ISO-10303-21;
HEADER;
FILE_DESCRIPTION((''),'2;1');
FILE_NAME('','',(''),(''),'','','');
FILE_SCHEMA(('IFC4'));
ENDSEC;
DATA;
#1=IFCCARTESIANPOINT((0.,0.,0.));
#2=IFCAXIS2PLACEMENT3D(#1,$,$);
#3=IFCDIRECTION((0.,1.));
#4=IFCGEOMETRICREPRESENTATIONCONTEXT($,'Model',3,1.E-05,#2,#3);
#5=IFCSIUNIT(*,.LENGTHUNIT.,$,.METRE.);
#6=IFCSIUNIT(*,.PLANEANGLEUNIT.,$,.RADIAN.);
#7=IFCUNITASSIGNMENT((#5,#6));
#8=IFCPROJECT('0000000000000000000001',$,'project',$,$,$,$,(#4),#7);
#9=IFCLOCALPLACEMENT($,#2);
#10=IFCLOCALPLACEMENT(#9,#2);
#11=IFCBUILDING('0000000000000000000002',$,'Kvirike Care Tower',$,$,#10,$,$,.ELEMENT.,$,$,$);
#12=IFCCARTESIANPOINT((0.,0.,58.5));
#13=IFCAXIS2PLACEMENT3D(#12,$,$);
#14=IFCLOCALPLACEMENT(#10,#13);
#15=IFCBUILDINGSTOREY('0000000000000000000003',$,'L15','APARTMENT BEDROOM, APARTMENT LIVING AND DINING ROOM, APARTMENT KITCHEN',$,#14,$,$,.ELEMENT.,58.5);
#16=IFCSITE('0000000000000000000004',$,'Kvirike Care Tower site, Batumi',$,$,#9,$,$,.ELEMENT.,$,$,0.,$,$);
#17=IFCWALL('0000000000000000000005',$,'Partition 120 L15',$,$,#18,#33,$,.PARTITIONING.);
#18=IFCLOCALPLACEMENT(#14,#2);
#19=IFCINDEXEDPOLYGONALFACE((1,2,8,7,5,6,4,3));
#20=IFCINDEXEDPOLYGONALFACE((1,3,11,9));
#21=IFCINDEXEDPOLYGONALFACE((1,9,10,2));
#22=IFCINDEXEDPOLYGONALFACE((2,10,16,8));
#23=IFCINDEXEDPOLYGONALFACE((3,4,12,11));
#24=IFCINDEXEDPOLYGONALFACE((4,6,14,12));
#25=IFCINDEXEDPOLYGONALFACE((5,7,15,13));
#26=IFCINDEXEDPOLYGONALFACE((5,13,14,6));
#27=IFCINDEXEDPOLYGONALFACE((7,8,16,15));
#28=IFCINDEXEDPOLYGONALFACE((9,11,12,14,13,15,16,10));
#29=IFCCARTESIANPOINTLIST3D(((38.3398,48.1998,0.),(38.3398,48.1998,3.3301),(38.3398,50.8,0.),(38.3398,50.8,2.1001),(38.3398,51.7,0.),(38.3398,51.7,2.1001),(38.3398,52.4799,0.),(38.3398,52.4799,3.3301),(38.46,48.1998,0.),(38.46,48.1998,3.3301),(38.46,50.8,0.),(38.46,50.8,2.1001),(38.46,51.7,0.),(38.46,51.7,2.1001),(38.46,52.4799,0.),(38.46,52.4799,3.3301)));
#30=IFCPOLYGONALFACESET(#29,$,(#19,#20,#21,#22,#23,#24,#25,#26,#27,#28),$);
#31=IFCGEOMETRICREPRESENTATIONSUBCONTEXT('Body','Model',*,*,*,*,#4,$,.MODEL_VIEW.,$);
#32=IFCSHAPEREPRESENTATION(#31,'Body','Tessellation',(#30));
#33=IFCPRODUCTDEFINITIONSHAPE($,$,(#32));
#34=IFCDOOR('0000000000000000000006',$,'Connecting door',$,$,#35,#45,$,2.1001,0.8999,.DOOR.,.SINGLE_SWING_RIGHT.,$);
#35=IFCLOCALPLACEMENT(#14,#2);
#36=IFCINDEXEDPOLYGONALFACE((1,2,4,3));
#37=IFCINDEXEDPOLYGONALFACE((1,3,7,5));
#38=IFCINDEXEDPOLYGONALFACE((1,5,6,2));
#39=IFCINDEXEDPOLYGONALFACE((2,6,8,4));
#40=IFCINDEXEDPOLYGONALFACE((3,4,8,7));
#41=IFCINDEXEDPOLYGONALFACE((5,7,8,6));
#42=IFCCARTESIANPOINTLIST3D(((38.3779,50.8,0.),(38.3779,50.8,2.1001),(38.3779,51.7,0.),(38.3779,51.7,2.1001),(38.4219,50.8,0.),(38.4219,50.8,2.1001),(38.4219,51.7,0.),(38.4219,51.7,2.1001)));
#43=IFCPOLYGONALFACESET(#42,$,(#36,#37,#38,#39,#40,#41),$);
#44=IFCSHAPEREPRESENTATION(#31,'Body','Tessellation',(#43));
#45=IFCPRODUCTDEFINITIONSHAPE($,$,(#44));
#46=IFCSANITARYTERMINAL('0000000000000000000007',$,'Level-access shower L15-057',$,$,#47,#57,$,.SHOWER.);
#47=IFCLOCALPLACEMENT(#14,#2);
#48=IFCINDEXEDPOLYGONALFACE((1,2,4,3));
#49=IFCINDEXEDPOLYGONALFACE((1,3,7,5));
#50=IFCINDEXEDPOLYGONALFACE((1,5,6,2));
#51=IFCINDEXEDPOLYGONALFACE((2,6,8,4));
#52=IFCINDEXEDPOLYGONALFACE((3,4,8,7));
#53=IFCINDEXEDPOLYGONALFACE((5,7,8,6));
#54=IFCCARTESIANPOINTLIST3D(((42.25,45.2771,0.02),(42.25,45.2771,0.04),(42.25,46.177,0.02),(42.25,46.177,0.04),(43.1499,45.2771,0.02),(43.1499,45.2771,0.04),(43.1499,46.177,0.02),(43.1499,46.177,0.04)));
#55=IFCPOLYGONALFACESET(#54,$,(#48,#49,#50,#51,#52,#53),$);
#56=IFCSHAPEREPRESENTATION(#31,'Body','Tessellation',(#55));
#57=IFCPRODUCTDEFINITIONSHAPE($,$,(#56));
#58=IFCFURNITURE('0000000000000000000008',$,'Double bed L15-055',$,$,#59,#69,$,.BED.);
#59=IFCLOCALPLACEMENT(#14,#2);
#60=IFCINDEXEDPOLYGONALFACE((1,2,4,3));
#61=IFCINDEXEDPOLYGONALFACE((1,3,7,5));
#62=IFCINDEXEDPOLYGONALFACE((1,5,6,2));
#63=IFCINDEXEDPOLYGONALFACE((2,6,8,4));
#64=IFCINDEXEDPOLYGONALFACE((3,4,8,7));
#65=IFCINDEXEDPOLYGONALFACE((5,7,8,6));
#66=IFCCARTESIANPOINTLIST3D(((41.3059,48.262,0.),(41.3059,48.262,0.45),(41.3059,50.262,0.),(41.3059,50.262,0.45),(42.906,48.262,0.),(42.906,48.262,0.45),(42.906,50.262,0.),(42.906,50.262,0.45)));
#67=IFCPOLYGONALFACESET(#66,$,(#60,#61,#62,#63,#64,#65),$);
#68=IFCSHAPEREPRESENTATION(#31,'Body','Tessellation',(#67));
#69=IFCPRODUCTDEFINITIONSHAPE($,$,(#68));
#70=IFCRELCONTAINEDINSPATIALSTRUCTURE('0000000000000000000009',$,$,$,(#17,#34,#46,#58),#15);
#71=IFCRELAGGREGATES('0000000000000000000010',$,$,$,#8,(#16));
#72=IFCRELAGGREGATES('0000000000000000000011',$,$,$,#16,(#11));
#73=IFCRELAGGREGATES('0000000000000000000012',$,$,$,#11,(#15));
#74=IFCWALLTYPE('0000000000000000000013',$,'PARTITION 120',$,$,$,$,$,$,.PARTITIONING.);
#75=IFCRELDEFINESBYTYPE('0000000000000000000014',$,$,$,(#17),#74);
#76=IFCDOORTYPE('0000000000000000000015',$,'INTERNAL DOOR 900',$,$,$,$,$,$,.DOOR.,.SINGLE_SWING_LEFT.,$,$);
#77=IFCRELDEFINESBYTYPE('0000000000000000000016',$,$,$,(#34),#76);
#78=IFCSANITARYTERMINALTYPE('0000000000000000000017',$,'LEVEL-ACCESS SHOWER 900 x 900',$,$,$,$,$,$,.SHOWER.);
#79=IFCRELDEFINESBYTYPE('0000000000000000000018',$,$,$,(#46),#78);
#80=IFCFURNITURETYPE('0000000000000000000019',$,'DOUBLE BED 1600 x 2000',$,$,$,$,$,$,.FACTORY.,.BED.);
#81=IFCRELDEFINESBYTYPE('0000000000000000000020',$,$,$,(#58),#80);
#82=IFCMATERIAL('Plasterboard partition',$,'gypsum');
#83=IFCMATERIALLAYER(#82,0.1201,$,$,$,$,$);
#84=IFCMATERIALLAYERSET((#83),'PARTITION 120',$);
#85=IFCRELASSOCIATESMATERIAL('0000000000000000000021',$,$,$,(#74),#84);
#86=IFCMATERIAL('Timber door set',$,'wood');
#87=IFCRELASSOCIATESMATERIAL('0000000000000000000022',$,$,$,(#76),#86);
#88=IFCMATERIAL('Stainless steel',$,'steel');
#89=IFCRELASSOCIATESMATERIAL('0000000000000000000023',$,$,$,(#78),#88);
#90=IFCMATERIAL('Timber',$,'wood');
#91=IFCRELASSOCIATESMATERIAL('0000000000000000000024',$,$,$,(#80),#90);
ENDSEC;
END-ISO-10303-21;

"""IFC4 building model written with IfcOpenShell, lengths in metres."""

from ifc_helpers import new_model, si_unit, direction, frame, frame_2d, origin, origin_2d, place, context, subcontext, project, spatial, rectangle, extrude, material, layer, layer_set, type_object, element, fill, save


model = new_model("IFC4")

# Units and contexts
model_context = context("Model", 3, precision=1e-05, world=origin(), true_north=direction((0.0, 1.0)))
body_context = subcontext(model_context, "Body", "Model", "MODEL_VIEW")
ifc_project = project(units=[si_unit("LENGTHUNIT", "METRE"), si_unit("PLANEANGLEUNIT", "RADIAN")], contexts=[model_context])

# Site, building, storey
site_placement = place(None, origin())
site = spatial("IfcSite", under=ifc_project, at=site_placement, Name="Kvirike Care Tower site, Batumi", CompositionType="ELEMENT", RefElevation=0.0)
building_placement = place(site_placement, origin())
building = spatial("IfcBuilding", under=site, at=building_placement, Name="Kvirike Care Tower", CompositionType="ELEMENT")
storey_placement = place(building_placement, frame((0.0, 0.0, 58.5)))
storey = spatial("IfcBuildingStorey", under=building, at=storey_placement, Name="L15", Description="APARTMENT BEDROOM, APARTMENT LIVING AND DINING ROOM, APARTMENT KITCHEN", CompositionType="ELEMENT", Elevation=58.5)

# Shared definitions
ifc_material_1 = material(Name="Plasterboard partition", Category="gypsum")
ifc_layer_1 = layer(ifc_material_1, 0.1201)
ifc_layer_set_1 = layer_set([ifc_layer_1], Name="PARTITION 120")
wall_type_1 = type_object("IfcWallType", Name="PARTITION 120", PredefinedType="PARTITIONING", material=ifc_layer_set_1)

# Wall, opening, door
ifc_material_2 = material(Name="Timber door set", Category="wood")
door_type_1 = type_object("IfcDoorType", Name="INTERNAL DOOR 900", OperationType="SINGLE_SWING_LEFT", PredefinedType="DOOR", material=ifc_material_2)
wall_1_placement = place(storey_placement, frame((38.3999, 52.48, 0.0), z_axis=(0.0, 0.0, 1.0), x_axis=(0.0, -1.0, 0.0)))
wall_1 = element("IfcWall", 1, at=wall_1_placement, inside=storey, type_object=wall_type_1, Name="Partition 120 L15", PredefinedType="PARTITIONING", context=body_context, shape_type="SweptSolid", body=[
    extrude(rectangle(XDim=4.28, YDim=0.1201, at=frame_2d((2.1401, 0.0))), origin(), (0.0, 0.0, 1.0), 3.3301),
])
opening_1_placement = place(wall_1_placement, frame((0.78, 0.0, 0.0)))
opening_1 = element("IfcOpeningElement", 2, at=opening_1_placement, cuts=wall_1, PredefinedType="OPENING", context=body_context, shape_type="SweptSolid", body=[
    extrude(rectangle(XDim=0.8999, YDim=2.1001, at=frame_2d((0.45, 1.05))), frame((0.0, 0.0706, 0.0), z_axis=(0.0, -1.0, 0.0), x_axis=(1.0, 0.0, 0.0)), (0.0, 0.0, 1.0), 0.1411),
])
door_1_placement = place(opening_1_placement, origin())
door_1 = element("IfcDoor", 3, at=door_1_placement, inside=storey, type_object=door_type_1, Name="Connecting door", OperationType="SINGLE_SWING_RIGHT", OverallHeight=2.1001, OverallWidth=0.8999, PredefinedType="DOOR", context=body_context, shape_type="SweptSolid", body=[
    extrude(rectangle(XDim=0.8999, YDim=2.1001, at=frame_2d((0.45, 1.05))), frame((0.0, 0.022, 0.0), z_axis=(0.0, -1.0, 0.0), x_axis=(1.0, 0.0, 0.0)), (0.0, 0.0, 1.0), 0.0439),
])
fill(opening_1, door_1)

# Sanitary terminal
ifc_material_3 = material(Name="Stainless steel", Category="steel")
sanitary_terminal_type = type_object("IfcSanitaryTerminalType", Name="LEVEL-ACCESS SHOWER 900 x 900", PredefinedType="SHOWER", material=ifc_material_3)
sanitary_terminal_placement = place(storey_placement, frame((42.7, 45.7271, 0.02), z_axis=(0.0, 0.0, 1.0), x_axis=(-1.0, 0.0, 0.0)))
element("IfcSanitaryTerminal", 4, at=sanitary_terminal_placement, inside=storey, type_object=sanitary_terminal_type, Name="Level-access shower L15-057", PredefinedType="SHOWER", context=body_context, shape_type="SweptSolid", body=[
    extrude(rectangle(XDim=0.8999, YDim=0.8999, at=origin_2d()), origin(), (0.0, 0.0, 1.0), 0.02),
])

# Furniture
ifc_material_4 = material(Name="Timber", Category="wood")
furniture_type = type_object("IfcFurnitureType", Name="DOUBLE BED 1600 x 2000", AssemblyPlace="FACTORY", PredefinedType="BED", material=ifc_material_4)
furniture_placement = place(storey_placement, frame((42.106, 49.262, 0.0), z_axis=(0.0, 0.0, 1.0), x_axis=(-1.0, 0.0, 0.0)))
element("IfcFurniture", 5, at=furniture_placement, inside=storey, type_object=furniture_type, Name="Double bed L15-055", PredefinedType="BED", context=body_context, shape_type="SweptSolid", body=[
    extrude(rectangle(XDim=1.6001, YDim=2.0, at=origin_2d()), origin(), (0.0, 0.0, 1.0), 0.45),
])

save(model, "model.ifc")
